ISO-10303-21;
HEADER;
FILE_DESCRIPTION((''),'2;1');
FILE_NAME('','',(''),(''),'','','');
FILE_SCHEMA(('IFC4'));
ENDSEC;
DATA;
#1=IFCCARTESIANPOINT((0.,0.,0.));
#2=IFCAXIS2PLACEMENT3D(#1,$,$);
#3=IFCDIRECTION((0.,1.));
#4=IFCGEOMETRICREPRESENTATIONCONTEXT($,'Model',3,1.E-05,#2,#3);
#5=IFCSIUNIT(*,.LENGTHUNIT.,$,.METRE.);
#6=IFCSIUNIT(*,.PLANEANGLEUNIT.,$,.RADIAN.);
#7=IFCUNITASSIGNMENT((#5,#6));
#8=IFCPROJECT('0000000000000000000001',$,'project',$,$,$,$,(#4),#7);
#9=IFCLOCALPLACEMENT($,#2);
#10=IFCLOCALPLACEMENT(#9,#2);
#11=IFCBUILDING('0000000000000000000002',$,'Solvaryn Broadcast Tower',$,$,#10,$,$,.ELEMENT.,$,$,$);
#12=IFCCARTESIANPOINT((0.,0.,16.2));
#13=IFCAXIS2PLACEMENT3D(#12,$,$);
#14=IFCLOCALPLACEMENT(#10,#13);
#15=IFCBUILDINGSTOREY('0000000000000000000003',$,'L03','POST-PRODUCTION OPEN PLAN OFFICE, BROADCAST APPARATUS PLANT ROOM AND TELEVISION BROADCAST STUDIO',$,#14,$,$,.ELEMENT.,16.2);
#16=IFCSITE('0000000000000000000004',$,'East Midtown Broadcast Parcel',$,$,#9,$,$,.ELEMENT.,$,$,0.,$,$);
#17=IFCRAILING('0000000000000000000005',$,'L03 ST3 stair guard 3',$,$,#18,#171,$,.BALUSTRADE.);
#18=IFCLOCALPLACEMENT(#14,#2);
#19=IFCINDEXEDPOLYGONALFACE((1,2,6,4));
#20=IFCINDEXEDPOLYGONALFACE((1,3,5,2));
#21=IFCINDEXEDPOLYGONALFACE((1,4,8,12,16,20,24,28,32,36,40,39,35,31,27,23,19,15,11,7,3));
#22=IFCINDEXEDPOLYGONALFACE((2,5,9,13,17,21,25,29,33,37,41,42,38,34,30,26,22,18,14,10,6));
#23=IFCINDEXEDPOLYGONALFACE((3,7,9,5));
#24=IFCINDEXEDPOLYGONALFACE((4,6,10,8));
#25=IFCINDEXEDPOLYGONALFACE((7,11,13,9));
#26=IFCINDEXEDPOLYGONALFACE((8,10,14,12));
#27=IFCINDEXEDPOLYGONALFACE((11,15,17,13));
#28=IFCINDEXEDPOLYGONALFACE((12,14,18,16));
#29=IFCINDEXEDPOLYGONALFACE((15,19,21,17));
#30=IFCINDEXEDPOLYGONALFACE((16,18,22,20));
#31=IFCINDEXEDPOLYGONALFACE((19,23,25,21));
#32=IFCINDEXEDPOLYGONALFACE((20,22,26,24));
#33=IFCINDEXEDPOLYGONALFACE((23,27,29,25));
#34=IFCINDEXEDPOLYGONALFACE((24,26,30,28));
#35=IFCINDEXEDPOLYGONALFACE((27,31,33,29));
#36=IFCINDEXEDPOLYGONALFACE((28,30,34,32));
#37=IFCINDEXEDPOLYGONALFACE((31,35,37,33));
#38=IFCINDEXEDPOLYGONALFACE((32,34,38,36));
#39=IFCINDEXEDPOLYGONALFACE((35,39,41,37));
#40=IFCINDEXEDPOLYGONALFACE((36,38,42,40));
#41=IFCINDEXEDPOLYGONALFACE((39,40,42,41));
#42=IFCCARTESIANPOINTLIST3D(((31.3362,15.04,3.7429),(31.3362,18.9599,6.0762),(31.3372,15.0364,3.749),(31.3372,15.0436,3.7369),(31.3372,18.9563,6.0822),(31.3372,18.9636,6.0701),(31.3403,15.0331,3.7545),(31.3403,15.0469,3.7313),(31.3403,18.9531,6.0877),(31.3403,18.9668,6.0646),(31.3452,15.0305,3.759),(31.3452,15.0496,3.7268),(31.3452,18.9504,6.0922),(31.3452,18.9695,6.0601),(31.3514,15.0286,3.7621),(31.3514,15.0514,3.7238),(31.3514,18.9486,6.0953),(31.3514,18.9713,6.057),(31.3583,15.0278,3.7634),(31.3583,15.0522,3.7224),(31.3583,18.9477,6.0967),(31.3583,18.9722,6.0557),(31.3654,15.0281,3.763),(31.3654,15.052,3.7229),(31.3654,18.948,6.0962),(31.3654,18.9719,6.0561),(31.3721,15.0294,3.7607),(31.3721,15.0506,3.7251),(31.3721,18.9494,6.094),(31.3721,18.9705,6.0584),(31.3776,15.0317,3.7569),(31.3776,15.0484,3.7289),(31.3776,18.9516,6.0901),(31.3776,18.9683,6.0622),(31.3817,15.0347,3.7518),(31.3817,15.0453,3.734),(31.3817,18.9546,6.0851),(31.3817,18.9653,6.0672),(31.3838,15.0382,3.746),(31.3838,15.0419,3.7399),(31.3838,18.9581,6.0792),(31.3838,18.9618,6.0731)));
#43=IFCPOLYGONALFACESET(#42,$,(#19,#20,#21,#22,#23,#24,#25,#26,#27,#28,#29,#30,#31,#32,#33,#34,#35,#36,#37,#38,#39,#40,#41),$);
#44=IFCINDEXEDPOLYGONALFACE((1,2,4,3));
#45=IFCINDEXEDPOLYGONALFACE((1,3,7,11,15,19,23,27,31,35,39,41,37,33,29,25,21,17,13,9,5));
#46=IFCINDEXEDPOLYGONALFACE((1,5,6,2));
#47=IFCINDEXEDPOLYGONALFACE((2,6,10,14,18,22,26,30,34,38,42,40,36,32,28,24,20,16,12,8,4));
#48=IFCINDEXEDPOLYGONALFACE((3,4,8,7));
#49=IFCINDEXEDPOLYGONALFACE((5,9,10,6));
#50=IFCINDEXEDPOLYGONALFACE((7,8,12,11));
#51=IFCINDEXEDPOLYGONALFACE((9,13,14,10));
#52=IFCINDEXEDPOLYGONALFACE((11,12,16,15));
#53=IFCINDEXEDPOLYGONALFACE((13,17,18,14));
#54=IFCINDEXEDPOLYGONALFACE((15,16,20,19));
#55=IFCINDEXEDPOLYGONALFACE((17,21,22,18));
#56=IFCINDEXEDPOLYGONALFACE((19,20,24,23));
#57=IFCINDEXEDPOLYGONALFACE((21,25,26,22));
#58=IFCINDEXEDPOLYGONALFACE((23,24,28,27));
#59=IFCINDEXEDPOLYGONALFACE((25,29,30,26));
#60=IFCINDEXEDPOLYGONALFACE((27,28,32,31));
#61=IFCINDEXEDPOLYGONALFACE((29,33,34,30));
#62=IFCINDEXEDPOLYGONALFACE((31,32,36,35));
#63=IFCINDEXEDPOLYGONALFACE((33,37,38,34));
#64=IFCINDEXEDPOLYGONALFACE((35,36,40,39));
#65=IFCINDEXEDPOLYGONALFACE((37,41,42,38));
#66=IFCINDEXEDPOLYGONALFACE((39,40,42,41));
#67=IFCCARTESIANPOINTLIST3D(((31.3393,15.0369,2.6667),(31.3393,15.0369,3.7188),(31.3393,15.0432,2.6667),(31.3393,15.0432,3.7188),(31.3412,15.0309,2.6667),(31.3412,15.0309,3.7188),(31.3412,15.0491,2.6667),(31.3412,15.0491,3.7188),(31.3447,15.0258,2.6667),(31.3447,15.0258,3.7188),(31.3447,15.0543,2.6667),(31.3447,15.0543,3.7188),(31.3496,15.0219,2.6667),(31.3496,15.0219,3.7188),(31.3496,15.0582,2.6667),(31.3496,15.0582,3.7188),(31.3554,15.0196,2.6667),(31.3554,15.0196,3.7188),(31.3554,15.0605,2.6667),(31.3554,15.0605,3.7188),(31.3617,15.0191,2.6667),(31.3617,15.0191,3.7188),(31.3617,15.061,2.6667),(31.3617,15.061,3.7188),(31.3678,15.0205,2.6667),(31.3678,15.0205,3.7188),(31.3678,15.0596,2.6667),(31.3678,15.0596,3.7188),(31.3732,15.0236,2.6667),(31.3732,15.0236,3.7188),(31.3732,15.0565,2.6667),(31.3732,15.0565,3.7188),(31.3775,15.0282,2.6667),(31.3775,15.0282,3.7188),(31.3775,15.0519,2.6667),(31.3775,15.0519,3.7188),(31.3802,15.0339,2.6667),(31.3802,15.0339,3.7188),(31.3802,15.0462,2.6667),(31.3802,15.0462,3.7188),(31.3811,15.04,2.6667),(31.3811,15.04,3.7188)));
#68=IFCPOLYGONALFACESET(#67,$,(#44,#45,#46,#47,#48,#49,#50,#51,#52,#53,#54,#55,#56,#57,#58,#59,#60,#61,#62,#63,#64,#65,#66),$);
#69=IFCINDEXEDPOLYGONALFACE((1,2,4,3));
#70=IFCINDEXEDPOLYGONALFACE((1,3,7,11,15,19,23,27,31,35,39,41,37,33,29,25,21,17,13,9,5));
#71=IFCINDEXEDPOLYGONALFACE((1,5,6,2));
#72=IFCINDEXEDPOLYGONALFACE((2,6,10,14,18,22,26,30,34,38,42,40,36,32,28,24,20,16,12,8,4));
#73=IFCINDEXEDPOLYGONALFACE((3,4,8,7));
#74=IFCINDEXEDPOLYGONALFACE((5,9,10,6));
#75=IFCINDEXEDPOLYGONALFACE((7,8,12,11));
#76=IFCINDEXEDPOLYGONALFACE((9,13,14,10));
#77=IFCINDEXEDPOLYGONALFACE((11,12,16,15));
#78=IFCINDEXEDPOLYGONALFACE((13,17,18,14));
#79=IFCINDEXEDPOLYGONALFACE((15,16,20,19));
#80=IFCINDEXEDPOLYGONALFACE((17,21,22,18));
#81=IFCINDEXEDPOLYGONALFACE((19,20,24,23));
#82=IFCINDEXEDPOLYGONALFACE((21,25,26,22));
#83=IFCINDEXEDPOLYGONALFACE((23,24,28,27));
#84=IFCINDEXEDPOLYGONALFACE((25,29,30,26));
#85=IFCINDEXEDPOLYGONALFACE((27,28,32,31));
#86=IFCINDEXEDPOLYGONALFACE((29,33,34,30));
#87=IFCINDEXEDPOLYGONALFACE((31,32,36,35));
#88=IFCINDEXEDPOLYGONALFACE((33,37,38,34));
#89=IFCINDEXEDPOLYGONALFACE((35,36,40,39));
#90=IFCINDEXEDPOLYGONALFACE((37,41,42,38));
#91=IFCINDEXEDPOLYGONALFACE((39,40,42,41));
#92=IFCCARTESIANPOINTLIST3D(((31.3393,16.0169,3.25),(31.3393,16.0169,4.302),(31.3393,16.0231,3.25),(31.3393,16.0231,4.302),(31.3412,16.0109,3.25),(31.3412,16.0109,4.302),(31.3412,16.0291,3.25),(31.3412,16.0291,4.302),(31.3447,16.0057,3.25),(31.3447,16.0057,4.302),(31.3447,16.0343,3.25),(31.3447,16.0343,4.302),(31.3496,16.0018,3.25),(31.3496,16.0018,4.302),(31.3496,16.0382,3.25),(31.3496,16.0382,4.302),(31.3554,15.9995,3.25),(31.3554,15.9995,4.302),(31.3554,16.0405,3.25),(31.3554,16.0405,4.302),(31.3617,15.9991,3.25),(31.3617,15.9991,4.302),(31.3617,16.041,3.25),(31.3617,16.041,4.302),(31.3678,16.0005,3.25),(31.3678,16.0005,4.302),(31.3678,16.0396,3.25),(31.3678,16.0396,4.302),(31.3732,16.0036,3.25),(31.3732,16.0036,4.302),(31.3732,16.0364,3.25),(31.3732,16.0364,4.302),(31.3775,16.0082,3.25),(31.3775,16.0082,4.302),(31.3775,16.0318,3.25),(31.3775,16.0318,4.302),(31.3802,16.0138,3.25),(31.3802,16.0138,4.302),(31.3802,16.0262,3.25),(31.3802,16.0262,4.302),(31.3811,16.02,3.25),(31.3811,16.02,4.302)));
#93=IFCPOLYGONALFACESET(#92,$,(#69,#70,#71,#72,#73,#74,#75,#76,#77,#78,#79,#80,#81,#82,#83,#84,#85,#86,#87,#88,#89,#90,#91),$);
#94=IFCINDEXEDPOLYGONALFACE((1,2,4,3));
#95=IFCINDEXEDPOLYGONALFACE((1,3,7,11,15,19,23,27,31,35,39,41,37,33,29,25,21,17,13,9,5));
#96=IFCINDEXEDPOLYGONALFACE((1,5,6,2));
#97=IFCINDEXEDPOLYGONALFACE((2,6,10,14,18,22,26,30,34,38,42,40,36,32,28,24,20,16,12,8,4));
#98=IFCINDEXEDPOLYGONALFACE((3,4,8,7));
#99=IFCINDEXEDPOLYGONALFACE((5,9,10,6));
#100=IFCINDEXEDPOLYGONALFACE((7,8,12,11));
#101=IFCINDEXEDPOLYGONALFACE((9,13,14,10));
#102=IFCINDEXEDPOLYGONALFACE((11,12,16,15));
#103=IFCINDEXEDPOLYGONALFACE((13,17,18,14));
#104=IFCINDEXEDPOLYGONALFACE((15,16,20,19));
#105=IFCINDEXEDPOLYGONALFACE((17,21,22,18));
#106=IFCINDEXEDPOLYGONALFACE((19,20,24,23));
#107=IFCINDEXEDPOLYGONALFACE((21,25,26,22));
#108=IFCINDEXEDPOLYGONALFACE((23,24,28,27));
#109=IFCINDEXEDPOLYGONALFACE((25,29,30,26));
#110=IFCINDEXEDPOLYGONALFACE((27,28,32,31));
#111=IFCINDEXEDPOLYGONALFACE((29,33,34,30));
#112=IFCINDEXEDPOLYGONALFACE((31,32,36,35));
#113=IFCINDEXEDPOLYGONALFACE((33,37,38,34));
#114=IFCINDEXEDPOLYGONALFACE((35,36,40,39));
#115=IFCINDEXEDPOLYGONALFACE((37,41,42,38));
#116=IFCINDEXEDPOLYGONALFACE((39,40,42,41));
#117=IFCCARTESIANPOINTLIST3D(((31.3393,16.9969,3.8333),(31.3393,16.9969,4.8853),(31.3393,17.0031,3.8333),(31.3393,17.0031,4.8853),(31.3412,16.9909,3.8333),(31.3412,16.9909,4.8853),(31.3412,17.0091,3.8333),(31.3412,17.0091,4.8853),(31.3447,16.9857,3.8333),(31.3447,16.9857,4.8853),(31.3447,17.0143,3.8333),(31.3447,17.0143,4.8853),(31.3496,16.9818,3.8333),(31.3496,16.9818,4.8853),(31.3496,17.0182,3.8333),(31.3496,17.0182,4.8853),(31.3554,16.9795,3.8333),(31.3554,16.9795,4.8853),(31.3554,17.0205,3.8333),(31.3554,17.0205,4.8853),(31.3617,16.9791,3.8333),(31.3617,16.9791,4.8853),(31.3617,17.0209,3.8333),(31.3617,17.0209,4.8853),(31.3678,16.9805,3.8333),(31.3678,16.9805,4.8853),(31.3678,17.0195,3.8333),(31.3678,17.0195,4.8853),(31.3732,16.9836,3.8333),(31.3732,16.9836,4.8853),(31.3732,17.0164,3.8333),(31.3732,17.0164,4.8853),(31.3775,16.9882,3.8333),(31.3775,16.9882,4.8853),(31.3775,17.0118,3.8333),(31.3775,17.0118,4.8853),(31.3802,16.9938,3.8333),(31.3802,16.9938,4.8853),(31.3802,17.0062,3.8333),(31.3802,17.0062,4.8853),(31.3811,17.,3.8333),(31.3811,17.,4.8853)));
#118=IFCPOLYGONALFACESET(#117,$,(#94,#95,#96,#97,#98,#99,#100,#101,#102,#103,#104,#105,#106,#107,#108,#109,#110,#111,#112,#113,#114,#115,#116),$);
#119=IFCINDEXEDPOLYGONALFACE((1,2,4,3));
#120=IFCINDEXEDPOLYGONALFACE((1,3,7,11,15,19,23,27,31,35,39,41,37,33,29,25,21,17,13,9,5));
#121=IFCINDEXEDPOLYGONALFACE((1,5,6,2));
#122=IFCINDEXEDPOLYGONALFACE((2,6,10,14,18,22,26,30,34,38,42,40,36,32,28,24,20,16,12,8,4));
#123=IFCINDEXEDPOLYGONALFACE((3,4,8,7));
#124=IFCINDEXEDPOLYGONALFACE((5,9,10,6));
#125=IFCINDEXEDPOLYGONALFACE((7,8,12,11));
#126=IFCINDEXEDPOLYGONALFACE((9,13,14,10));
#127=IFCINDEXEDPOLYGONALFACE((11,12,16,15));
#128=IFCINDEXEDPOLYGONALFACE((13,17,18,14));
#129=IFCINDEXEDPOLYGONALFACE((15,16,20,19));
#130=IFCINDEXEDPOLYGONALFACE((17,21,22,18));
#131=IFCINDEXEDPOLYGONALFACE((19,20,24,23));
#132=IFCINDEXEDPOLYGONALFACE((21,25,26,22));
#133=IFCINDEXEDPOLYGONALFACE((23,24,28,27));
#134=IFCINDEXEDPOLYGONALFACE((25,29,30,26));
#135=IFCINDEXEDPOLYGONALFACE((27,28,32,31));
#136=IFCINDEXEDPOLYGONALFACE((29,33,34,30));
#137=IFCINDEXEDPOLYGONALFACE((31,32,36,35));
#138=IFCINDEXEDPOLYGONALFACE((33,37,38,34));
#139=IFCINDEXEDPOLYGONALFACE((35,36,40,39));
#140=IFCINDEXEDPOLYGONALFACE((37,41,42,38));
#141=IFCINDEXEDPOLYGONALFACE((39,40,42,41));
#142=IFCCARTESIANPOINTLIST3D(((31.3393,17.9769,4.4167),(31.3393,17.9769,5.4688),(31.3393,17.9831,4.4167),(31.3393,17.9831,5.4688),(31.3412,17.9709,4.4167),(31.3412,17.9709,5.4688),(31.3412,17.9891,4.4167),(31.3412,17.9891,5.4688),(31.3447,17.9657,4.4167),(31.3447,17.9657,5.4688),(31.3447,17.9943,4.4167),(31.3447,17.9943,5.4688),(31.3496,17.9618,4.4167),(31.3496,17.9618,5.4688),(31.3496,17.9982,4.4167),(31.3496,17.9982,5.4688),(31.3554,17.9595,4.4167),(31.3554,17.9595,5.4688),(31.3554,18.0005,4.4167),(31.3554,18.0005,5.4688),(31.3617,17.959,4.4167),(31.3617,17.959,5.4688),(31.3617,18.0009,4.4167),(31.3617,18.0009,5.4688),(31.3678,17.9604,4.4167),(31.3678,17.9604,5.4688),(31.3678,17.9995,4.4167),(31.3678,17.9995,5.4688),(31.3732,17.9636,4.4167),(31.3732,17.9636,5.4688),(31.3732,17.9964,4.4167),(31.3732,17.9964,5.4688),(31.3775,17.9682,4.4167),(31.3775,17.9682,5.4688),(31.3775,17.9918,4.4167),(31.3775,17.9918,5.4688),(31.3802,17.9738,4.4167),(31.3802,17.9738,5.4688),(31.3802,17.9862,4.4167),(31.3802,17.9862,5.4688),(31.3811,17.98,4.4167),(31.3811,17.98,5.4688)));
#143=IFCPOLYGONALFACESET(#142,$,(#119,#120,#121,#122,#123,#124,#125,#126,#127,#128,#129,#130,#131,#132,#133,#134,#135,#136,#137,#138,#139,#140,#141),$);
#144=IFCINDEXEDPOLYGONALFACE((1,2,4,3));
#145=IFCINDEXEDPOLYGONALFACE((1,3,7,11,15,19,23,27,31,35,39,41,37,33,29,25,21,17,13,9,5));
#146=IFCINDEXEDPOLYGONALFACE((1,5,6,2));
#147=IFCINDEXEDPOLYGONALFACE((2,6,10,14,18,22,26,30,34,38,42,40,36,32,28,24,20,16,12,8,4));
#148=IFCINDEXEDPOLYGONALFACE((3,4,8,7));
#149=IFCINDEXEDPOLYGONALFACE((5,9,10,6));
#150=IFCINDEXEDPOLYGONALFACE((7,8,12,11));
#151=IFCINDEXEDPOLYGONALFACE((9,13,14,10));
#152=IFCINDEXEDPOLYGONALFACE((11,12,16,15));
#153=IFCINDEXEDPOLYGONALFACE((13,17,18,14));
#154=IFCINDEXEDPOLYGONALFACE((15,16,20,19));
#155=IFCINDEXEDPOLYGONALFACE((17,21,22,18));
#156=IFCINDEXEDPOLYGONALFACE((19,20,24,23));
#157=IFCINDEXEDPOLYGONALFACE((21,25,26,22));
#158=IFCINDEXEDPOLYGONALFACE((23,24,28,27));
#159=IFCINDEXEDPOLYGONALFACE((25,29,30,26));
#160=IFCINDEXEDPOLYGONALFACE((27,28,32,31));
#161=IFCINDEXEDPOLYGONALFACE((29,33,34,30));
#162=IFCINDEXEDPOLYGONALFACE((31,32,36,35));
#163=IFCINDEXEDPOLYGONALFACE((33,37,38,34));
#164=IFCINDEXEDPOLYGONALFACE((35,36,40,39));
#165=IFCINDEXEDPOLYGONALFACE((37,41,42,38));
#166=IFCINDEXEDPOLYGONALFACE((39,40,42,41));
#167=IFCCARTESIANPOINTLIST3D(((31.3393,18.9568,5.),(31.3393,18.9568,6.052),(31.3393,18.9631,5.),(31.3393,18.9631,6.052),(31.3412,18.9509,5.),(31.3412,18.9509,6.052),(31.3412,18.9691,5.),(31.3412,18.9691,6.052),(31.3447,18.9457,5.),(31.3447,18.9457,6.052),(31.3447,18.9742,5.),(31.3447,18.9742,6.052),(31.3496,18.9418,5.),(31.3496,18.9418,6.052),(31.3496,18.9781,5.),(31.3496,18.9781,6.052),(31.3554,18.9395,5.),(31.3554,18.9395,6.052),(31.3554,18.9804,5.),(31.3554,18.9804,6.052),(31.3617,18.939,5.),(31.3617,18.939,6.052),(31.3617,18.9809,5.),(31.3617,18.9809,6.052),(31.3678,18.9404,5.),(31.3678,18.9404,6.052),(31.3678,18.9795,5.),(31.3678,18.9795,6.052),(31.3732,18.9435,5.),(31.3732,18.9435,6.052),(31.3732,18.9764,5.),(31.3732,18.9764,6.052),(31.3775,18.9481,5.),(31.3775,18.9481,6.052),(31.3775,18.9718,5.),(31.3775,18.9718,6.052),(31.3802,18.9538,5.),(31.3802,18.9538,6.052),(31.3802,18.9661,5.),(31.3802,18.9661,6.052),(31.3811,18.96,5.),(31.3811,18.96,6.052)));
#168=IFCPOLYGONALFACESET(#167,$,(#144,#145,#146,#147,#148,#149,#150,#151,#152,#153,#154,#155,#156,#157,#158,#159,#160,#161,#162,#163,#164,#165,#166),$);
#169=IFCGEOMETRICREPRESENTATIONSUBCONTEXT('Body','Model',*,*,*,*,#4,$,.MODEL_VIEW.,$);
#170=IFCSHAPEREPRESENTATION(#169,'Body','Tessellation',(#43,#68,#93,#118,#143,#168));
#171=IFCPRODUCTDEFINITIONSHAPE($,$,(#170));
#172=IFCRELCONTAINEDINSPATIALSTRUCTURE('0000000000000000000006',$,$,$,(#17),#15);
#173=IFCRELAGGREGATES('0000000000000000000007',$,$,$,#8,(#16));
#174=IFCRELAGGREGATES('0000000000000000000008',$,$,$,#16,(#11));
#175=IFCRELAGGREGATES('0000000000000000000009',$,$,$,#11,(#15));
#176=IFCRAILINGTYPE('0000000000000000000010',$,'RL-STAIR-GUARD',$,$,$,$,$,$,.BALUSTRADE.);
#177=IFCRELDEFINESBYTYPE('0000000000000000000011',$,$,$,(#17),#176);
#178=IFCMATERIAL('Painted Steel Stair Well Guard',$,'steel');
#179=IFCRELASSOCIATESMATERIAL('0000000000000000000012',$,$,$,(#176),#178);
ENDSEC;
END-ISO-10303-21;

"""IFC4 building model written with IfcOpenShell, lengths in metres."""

from ifc_helpers import new_model, si_unit, direction, frame, origin, origin_2d, place, context, subcontext, project, spatial, circle, extrude, material, type_object, element, save


model = new_model("IFC4")

# Units and contexts
model_context = context("Model", 3, precision=1e-05, world=origin(), true_north=direction((0.0, 1.0)))
body_context = subcontext(model_context, "Body", "Model", "MODEL_VIEW")
ifc_project = project(units=[si_unit("LENGTHUNIT", "METRE"), si_unit("PLANEANGLEUNIT", "RADIAN")], contexts=[model_context])

# Site, building, storey
site_placement = place(None, origin())
site = spatial("IfcSite", under=ifc_project, at=site_placement, Name="East Midtown Broadcast Parcel", CompositionType="ELEMENT", RefElevation=0.0)
building_placement = place(site_placement, origin())
building = spatial("IfcBuilding", under=site, at=building_placement, Name="Solvaryn Broadcast Tower", CompositionType="ELEMENT")
storey_placement = place(building_placement, frame((0.0, 0.0, 16.2)))
storey = spatial("IfcBuildingStorey", under=building, at=storey_placement, Name="L03", Description="POST-PRODUCTION OPEN PLAN OFFICE, BROADCAST APPARATUS PLANT ROOM AND TELEVISION BROADCAST STUDIO", CompositionType="ELEMENT", Elevation=16.2)

# Railing
ifc_material_1 = material(Name="Painted Steel Stair Well Guard", Category="steel")
railing_type_1 = type_object("IfcRailingType", Name="RL-STAIR-GUARD", PredefinedType="BALUSTRADE", material=ifc_material_1)
railing_1_placement = place(storey_placement, frame((31.3601, 15.04, 2.6667)))
element("IfcRailing", 1, at=railing_1_placement, inside=storey, type_object=railing_type_1, Name="L03 ST3 stair guard 3", PredefinedType="BALUSTRADE", context=body_context, shape_type="SweptSolid", body=[
    extrude(circle(Radius=0.0239, at=origin_2d()), frame((0.0, 0.0, 1.0762), z_axis=(0.0, 0.859296, 0.511478), x_axis=(-1.0, 0.0, 0.0)), (0.0, 0.0, 1.0), 4.5618),
    extrude(circle(Radius=0.021, at=origin_2d()), origin(), (0.0, 0.0, 1.0), 1.052),
    extrude(circle(Radius=0.021, at=origin_2d()), frame((0.0, 0.98, 0.5833)), (0.0, 0.0, 1.0), 1.052),
    extrude(circle(Radius=0.021, at=origin_2d()), frame((0.0, 1.96, 1.1665)), (0.0, 0.0, 1.0), 1.052),
    extrude(circle(Radius=0.021, at=origin_2d()), frame((0.0, 2.9399, 1.75)), (0.0, 0.0, 1.0), 1.052),
    extrude(circle(Radius=0.021, at=origin_2d()), frame((0.0, 3.9199, 2.3333)), (0.0, 0.0, 1.0), 1.052),
])

save(model, "model.ifc")
